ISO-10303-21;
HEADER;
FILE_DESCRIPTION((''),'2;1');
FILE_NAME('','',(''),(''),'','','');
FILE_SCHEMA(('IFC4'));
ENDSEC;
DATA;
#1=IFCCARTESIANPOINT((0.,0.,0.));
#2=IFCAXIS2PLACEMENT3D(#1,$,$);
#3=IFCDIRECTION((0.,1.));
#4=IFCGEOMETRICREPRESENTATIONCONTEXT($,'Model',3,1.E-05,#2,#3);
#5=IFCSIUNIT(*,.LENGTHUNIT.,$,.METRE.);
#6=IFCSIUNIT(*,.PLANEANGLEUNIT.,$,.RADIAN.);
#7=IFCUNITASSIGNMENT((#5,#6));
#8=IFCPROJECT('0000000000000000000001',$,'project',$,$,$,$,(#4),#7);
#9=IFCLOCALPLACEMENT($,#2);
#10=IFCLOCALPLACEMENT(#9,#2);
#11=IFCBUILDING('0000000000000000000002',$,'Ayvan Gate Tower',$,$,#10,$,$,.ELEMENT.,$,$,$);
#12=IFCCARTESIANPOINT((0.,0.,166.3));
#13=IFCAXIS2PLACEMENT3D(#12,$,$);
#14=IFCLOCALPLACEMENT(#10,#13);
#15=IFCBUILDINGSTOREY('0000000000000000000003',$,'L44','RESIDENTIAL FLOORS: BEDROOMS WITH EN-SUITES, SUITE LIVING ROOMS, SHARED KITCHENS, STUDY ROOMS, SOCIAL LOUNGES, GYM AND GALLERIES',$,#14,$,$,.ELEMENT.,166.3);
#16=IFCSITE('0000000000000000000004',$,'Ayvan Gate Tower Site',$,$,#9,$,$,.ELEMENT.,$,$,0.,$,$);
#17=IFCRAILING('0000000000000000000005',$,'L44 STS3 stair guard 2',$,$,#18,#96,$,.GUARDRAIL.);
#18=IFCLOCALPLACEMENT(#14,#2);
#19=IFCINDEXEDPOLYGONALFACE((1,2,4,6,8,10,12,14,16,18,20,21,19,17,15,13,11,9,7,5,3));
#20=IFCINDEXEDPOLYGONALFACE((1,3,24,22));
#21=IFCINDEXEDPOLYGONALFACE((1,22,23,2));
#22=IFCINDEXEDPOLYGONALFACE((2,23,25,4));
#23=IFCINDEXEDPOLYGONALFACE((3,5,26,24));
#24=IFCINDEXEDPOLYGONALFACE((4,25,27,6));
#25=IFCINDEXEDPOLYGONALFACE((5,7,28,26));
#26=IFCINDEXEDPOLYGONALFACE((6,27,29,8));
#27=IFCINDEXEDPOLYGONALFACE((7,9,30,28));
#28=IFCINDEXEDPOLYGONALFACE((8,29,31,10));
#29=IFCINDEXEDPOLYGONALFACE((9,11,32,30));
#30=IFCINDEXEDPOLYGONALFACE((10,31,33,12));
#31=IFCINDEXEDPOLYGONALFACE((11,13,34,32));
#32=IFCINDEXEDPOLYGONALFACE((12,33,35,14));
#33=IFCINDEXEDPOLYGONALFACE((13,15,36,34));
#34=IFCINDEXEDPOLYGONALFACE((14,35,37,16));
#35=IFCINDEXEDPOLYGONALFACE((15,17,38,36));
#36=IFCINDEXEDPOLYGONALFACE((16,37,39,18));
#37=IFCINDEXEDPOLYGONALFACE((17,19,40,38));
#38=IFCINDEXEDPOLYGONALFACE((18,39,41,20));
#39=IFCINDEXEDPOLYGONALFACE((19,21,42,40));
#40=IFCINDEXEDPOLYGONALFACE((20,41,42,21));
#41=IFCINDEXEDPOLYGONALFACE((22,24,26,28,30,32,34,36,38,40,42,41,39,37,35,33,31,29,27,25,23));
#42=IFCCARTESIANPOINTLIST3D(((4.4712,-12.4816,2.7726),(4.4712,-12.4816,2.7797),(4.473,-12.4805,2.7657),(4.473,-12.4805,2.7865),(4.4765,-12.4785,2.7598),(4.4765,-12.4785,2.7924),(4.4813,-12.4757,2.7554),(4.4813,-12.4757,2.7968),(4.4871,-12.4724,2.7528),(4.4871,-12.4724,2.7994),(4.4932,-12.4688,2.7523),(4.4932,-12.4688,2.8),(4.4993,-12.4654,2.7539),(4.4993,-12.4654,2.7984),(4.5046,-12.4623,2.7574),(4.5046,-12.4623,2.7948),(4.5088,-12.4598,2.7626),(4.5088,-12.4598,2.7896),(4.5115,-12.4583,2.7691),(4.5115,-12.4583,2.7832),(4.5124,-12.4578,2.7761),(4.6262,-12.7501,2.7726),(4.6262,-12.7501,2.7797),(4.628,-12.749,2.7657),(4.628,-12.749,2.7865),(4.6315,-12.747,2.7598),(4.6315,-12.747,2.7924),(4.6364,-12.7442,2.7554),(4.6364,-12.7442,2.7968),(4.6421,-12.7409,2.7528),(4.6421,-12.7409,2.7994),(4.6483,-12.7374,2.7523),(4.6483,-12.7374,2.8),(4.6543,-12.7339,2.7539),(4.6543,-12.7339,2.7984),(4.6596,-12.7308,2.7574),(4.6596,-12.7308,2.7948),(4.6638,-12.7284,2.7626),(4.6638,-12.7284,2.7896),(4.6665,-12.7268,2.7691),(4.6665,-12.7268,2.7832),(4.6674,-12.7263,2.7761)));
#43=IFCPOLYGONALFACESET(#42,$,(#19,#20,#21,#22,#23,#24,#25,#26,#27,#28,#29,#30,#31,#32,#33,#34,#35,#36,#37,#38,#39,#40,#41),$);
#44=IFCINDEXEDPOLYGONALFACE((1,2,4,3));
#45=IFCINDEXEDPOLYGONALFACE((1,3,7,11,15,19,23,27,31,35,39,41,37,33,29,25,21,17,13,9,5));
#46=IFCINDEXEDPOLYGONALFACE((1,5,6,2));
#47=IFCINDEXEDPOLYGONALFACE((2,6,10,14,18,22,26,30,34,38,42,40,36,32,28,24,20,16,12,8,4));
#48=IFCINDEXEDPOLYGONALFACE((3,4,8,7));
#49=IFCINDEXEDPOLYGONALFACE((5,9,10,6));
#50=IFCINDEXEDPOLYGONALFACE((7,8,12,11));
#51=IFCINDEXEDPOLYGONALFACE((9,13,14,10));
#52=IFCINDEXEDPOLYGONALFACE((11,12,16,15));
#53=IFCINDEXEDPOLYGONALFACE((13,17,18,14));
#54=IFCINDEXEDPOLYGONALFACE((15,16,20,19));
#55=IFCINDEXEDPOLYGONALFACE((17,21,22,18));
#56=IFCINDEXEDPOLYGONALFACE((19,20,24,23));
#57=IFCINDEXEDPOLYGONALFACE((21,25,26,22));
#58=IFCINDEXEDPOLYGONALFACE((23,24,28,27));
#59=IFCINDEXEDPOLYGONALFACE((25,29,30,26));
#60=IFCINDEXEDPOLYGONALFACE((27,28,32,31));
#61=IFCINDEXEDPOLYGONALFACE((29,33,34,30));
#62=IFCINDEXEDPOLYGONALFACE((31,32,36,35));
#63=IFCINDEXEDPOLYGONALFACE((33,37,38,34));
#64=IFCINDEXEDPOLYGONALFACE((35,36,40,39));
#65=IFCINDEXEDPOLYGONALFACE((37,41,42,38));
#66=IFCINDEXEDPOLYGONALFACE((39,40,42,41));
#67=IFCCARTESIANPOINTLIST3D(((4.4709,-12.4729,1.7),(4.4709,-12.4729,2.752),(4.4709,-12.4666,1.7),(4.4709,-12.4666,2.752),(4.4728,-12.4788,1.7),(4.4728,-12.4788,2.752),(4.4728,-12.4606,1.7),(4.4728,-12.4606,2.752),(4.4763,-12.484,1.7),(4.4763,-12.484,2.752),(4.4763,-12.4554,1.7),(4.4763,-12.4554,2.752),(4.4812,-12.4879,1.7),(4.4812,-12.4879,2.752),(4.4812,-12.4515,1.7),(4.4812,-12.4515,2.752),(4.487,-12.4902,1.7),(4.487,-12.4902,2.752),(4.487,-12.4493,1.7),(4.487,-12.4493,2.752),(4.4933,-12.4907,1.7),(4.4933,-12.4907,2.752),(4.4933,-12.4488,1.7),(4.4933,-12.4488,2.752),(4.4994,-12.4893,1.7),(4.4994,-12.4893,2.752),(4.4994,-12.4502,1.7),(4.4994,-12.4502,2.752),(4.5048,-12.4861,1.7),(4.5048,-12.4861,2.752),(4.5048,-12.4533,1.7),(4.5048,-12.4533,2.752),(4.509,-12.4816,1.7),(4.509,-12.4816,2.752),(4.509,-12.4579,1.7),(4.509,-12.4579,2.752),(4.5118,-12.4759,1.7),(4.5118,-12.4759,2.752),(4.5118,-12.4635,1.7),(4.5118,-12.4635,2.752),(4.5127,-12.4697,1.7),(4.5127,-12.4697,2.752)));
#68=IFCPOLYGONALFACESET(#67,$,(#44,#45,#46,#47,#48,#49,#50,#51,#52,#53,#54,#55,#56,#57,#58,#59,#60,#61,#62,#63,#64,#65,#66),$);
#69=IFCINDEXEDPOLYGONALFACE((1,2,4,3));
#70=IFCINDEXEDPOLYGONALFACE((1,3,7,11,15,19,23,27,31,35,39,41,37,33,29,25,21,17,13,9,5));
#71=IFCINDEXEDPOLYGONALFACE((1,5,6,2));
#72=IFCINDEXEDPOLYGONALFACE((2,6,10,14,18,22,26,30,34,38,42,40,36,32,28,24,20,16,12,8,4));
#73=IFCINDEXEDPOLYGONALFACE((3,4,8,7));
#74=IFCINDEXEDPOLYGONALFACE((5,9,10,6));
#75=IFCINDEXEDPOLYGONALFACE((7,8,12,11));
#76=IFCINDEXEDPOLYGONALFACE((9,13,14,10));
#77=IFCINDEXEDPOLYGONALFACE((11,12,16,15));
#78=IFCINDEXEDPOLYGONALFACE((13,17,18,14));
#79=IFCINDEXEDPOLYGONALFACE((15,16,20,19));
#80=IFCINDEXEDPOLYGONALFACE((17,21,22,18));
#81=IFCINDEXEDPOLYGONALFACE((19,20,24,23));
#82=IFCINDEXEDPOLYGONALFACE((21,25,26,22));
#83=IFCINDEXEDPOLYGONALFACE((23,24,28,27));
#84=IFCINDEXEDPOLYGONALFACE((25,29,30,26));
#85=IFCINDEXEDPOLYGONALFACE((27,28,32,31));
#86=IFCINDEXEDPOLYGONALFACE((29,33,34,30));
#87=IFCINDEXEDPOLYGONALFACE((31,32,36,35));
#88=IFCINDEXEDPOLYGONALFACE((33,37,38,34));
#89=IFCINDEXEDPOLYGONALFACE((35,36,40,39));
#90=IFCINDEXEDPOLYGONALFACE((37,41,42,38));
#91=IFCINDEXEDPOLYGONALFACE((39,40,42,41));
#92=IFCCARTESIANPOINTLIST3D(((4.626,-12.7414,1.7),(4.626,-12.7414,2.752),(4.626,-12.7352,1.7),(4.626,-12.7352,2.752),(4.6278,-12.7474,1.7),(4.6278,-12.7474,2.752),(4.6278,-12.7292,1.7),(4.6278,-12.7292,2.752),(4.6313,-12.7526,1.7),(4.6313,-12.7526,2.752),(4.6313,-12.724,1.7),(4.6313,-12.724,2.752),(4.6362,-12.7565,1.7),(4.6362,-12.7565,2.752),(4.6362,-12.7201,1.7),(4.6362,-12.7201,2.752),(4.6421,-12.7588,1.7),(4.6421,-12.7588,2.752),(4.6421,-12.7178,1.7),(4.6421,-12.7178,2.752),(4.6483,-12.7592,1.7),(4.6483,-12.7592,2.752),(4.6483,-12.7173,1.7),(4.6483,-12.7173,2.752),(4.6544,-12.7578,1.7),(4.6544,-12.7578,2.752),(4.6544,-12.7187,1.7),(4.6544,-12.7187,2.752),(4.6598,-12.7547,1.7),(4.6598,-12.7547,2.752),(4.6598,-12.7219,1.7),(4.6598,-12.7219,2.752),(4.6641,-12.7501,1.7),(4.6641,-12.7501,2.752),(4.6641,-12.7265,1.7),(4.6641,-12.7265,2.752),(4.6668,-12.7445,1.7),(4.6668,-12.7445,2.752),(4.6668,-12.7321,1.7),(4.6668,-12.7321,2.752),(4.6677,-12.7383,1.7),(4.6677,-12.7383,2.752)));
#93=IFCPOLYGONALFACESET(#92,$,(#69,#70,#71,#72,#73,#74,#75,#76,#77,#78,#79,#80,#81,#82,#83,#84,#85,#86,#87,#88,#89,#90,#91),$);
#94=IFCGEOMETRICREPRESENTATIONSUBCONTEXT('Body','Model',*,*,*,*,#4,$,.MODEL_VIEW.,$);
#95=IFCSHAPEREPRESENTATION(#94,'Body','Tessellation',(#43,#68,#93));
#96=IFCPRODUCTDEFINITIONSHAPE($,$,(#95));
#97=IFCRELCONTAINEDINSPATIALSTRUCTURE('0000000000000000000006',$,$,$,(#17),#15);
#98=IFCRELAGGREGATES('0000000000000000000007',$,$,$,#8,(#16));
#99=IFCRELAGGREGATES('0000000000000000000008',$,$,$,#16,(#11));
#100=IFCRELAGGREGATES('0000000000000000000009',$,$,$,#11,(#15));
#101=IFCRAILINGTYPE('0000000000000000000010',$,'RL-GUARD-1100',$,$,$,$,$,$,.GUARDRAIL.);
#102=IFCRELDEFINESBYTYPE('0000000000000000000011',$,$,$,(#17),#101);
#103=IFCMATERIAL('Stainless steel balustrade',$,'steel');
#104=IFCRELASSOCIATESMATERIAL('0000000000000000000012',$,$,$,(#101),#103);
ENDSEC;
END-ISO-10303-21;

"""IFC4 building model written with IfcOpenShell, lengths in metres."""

from ifc_helpers import new_model, si_unit, direction, frame, origin, origin_2d, place, context, subcontext, project, spatial, circle, extrude, material, type_object, element, save


model = new_model("IFC4")

# Units and contexts
model_context = context("Model", 3, precision=1e-05, world=origin(), true_north=direction((0.0, 1.0)))
body_context = subcontext(model_context, "Body", "Model", "MODEL_VIEW")
ifc_project = project(units=[si_unit("LENGTHUNIT", "METRE"), si_unit("PLANEANGLEUNIT", "RADIAN")], contexts=[model_context])

# Site, building, storey
site_placement = place(None, origin())
site = spatial("IfcSite", under=ifc_project, at=site_placement, Name="Ayvan Gate Tower Site", CompositionType="ELEMENT", RefElevation=0.0)
building_placement = place(site_placement, origin())
building = spatial("IfcBuilding", under=site, at=building_placement, Name="Ayvan Gate Tower", CompositionType="ELEMENT")
storey_placement = place(building_placement, frame((0.0, 0.0, 166.3)))
storey = spatial("IfcBuildingStorey", under=building, at=storey_placement, Name="L44", Description="RESIDENTIAL FLOORS: BEDROOMS WITH EN-SUITES, SUITE LIVING ROOMS, SHARED KITCHENS, STUDY ROOMS, SOCIAL LOUNGES, GYM AND GALLERIES", CompositionType="ELEMENT", Elevation=166.3)

# Railing
ifc_material_1 = material(Name="Stainless steel balustrade", Category="steel")
railing_type_1 = type_object("IfcRailingType", Name="RL-GUARD-1100", PredefinedType="GUARDRAIL", material=ifc_material_1)
railing_1_placement = place(storey_placement, frame((4.4917, -12.4697, 1.7)))
element("IfcRailing", 1, at=railing_1_placement, inside=storey, type_object=railing_type_1, Name="L44 STS3 stair guard 2", PredefinedType="GUARDRAIL", context=body_context, shape_type="SweptSolid", body=[
    extrude(circle(Radius=0.0239, at=origin_2d()), frame((0.0, 0.0, 1.0762), z_axis=(0.49995, -0.866054, 0.0), x_axis=(0.866054, 0.49995, 0.0)), (0.0, 0.0, 1.0), 0.3101),
    extrude(circle(Radius=0.021, at=origin_2d()), origin(), (0.0, 0.0, 1.0), 1.052),
    extrude(circle(Radius=0.021, at=origin_2d()), frame((0.155, -0.2686, 0.0)), (0.0, 0.0, 1.0), 1.052),
])

save(model, "model.ifc")
